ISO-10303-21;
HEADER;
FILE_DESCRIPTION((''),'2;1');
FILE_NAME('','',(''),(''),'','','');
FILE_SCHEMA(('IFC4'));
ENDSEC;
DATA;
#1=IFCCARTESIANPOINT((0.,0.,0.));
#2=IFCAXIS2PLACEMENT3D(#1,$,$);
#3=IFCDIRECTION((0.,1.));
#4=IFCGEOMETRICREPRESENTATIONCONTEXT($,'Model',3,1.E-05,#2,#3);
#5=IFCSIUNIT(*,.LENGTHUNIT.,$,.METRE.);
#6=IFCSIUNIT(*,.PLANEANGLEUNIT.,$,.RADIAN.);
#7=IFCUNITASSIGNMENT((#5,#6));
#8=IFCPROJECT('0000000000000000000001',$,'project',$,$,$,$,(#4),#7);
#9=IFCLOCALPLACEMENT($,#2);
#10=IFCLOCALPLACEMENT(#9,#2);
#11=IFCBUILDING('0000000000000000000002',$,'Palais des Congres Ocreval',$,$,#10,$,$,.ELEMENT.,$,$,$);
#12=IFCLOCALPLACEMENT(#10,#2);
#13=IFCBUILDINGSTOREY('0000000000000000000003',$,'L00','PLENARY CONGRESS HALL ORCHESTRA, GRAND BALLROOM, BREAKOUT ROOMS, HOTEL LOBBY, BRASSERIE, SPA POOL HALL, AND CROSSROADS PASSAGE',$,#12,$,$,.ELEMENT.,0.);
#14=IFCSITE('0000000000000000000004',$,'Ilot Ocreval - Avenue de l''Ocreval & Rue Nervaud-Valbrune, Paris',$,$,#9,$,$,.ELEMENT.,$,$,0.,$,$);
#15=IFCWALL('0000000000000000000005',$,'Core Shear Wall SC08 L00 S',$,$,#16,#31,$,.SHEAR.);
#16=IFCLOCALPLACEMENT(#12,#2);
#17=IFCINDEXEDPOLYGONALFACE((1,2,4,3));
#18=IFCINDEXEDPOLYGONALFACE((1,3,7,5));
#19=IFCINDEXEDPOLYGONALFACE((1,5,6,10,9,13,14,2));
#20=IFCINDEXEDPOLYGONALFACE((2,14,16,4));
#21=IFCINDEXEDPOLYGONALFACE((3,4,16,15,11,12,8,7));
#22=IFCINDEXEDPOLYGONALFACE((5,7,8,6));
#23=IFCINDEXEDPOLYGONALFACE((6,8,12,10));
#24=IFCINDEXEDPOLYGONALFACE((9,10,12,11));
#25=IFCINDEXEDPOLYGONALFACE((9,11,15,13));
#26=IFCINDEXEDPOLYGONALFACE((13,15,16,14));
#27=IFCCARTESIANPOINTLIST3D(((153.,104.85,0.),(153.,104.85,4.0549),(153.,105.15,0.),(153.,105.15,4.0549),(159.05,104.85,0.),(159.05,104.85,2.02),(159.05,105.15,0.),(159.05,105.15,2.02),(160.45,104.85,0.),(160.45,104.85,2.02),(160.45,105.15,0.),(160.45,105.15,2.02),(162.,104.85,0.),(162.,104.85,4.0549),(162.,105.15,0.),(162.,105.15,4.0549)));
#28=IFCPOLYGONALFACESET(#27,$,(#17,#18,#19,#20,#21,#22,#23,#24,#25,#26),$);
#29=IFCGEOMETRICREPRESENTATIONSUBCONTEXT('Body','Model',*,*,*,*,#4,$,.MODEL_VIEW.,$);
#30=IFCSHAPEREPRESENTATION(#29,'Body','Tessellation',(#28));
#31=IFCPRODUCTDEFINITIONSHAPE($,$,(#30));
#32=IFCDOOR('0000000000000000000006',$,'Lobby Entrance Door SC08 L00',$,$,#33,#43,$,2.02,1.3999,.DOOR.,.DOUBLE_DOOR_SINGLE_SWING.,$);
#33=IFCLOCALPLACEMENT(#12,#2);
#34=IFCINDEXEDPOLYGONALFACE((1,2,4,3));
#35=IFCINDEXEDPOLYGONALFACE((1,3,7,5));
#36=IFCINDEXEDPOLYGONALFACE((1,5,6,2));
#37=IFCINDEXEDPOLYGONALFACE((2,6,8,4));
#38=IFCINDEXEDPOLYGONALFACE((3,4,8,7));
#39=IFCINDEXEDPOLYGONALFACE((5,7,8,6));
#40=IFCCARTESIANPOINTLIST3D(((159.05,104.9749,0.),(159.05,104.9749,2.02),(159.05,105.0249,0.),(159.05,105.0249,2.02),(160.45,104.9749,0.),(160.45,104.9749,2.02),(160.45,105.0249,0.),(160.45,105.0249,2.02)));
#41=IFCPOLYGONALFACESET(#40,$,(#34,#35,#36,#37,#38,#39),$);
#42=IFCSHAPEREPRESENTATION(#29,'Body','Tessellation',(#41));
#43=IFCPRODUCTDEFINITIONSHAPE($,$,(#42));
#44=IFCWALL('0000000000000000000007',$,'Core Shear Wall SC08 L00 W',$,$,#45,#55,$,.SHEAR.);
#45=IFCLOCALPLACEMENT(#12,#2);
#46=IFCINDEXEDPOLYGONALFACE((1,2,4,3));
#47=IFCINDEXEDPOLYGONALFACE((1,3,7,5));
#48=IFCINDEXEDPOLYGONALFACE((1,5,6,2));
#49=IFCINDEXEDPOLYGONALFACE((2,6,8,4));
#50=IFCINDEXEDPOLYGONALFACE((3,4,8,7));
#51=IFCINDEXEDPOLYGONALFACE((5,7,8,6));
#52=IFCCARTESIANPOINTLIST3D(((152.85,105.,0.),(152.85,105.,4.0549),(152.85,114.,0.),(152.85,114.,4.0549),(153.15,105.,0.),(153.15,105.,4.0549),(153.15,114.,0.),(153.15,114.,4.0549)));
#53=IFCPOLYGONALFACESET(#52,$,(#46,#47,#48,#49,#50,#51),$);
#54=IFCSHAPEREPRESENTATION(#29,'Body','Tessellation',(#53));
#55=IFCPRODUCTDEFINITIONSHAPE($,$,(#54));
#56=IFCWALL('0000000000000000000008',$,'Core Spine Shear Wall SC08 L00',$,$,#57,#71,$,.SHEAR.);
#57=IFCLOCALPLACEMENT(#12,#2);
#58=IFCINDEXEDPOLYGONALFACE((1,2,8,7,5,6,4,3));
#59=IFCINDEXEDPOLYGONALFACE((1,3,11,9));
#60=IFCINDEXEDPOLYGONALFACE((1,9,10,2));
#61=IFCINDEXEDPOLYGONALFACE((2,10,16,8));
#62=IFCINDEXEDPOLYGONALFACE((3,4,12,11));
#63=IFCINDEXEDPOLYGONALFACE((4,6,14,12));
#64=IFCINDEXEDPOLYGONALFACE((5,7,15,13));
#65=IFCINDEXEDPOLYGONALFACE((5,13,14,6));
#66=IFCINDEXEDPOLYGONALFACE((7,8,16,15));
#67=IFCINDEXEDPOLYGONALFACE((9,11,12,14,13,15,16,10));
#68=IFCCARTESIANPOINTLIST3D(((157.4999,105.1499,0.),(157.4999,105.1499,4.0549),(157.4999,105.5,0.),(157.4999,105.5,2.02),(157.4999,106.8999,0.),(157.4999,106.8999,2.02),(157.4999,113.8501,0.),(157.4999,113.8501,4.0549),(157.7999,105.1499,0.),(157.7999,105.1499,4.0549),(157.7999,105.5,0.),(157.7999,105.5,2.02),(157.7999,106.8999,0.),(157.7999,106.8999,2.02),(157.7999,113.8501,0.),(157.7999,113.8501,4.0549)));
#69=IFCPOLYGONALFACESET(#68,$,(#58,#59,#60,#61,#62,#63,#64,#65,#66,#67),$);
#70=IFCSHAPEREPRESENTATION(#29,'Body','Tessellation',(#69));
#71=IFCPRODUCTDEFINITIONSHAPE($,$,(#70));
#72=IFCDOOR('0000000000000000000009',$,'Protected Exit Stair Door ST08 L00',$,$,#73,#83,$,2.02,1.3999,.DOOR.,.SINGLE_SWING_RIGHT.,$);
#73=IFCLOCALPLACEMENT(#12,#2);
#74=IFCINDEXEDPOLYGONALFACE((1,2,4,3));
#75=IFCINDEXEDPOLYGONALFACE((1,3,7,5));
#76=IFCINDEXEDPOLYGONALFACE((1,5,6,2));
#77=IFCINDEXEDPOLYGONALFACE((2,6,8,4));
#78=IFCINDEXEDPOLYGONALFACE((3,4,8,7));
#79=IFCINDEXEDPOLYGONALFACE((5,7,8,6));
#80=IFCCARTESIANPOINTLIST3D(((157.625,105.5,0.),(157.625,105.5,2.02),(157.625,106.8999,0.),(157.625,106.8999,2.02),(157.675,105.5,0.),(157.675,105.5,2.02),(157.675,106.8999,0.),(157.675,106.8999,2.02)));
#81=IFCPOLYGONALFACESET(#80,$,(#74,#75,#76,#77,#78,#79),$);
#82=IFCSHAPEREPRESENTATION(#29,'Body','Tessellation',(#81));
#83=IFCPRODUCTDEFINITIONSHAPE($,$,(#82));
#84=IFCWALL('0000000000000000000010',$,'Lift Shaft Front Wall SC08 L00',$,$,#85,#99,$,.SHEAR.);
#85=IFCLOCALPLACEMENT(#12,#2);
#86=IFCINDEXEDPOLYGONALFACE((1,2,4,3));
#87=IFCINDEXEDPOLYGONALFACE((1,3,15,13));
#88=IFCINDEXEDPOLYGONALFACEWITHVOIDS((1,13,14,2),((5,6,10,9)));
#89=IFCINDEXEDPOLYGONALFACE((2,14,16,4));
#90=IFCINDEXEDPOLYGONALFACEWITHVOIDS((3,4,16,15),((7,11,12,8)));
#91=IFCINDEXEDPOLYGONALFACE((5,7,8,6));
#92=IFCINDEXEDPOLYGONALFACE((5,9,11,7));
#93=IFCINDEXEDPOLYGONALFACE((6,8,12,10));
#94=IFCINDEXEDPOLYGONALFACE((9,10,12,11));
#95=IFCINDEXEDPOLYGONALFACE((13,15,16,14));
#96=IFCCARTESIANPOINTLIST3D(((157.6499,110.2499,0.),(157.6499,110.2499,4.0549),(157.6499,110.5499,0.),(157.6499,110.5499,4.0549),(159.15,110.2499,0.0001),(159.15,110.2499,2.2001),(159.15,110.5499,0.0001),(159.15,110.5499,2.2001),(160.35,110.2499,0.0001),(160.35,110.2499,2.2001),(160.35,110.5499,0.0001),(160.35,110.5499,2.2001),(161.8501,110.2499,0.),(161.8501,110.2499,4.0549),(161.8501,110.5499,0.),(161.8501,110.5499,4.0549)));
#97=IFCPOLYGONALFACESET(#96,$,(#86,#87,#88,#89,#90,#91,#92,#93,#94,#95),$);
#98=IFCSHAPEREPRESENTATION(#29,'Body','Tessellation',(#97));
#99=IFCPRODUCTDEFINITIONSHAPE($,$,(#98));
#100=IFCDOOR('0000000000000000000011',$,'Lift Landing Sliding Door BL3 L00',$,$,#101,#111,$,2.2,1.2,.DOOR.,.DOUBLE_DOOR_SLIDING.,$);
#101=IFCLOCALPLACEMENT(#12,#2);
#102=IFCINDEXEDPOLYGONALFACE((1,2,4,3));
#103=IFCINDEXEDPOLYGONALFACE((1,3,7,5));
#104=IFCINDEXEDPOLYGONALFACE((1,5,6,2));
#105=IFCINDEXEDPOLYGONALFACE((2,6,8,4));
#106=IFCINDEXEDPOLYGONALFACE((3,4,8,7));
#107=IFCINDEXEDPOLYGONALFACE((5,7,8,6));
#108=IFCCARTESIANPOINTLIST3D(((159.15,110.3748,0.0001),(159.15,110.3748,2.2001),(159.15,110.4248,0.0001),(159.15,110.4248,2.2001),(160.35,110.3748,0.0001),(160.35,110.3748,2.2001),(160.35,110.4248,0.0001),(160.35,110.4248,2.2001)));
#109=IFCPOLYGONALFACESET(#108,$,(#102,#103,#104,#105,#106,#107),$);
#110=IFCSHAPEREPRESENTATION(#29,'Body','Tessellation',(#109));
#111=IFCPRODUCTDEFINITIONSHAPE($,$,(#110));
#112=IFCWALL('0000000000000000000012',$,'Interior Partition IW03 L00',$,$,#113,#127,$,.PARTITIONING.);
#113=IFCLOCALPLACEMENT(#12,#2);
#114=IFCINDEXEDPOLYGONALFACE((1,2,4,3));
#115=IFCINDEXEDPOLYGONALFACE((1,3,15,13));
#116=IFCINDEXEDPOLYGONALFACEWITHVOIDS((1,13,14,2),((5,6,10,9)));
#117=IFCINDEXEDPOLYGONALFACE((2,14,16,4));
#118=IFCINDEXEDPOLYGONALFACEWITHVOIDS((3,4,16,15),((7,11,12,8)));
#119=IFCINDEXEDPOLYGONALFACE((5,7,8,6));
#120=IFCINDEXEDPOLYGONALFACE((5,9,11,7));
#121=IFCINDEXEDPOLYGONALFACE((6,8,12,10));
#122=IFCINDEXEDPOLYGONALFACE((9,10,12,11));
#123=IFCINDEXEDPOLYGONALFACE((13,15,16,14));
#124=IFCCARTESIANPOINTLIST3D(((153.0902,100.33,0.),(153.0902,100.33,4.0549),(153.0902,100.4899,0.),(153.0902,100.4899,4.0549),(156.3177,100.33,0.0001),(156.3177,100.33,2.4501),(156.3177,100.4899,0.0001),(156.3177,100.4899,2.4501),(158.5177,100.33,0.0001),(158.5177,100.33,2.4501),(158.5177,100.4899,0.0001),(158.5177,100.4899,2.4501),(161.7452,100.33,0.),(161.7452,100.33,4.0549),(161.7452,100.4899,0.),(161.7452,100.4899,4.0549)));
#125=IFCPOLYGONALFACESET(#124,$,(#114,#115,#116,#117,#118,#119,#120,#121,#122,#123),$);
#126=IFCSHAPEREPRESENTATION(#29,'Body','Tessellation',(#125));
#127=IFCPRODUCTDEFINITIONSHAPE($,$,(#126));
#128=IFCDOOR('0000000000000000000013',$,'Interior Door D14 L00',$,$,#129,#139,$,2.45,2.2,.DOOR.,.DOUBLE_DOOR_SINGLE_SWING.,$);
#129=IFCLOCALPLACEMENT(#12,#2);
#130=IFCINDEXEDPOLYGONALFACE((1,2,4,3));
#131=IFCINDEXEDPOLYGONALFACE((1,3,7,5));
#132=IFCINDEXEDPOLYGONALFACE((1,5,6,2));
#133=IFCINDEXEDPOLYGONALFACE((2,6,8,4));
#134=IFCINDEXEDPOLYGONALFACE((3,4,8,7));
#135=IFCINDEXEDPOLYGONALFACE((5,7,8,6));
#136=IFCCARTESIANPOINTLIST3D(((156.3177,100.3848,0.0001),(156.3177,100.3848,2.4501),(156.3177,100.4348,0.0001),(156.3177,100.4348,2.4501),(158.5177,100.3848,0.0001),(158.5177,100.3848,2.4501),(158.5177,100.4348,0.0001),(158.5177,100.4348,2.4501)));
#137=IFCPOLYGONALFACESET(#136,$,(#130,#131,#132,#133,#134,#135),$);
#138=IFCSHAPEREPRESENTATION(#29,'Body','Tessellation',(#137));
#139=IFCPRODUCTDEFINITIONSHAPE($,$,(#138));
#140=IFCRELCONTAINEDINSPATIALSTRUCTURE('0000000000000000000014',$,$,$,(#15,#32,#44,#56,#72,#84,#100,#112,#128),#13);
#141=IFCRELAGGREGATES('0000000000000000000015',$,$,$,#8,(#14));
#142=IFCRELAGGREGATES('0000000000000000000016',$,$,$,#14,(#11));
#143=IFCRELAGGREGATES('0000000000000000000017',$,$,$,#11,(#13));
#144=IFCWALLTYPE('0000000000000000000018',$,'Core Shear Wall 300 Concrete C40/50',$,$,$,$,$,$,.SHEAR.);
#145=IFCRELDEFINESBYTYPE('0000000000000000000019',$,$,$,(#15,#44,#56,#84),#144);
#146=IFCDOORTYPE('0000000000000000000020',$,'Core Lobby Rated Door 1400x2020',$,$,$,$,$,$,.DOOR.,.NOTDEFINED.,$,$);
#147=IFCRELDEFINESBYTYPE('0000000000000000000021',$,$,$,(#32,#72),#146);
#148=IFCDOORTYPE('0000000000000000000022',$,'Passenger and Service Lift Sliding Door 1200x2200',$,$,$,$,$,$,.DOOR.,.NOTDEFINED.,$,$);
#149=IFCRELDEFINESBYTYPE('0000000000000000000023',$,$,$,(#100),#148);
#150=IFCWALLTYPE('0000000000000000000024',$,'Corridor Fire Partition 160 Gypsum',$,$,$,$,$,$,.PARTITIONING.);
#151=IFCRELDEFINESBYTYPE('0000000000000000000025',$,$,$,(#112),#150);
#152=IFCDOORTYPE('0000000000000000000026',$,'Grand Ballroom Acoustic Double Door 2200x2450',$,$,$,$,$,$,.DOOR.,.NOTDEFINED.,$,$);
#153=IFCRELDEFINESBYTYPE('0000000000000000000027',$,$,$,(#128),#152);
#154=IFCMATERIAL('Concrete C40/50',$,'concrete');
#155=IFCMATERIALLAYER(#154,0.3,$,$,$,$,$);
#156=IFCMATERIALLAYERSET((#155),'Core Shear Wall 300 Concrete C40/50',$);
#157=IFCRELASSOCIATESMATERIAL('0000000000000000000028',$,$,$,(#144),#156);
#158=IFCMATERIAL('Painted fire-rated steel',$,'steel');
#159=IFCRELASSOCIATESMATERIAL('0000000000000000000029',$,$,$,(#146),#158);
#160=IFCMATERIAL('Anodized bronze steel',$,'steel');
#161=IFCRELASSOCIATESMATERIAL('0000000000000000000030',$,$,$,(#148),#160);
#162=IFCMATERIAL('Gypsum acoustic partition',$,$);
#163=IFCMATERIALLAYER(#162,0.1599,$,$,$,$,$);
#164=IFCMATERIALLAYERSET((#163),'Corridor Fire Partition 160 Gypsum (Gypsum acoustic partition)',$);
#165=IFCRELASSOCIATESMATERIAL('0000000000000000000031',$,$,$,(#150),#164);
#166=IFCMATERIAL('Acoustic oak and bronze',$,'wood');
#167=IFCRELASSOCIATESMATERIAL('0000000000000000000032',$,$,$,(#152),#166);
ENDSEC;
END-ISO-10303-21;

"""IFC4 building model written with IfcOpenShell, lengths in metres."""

from ifc_helpers import new_model, si_unit, direction, frame, frame_2d, origin, place, context, subcontext, project, spatial, rectangle, extrude, material, layer, layer_set, type_object, element, fill, save


model = new_model("IFC4")

# Units and contexts
model_context = context("Model", 3, precision=1e-05, world=origin(), true_north=direction((0.0, 1.0)))
body_context = subcontext(model_context, "Body", "Model", "MODEL_VIEW")
ifc_project = project(units=[si_unit("LENGTHUNIT", "METRE"), si_unit("PLANEANGLEUNIT", "RADIAN")], contexts=[model_context])

# Site, building, storey
site_placement = place(None, origin())
site = spatial("IfcSite", under=ifc_project, at=site_placement, Name="Ilot Ocreval - Avenue de l'Ocreval & Rue Nervaud-Valbrune, Paris", CompositionType="ELEMENT", RefElevation=0.0)
building_placement = place(site_placement, origin())
building = spatial("IfcBuilding", under=site, at=building_placement, Name="Palais des Congres Ocreval", CompositionType="ELEMENT")
storey_placement = place(building_placement, origin())
storey = spatial("IfcBuildingStorey", under=building, at=storey_placement, Name="L00", Description="PLENARY CONGRESS HALL ORCHESTRA, GRAND BALLROOM, BREAKOUT ROOMS, HOTEL LOBBY, BRASSERIE, SPA POOL HALL, AND CROSSROADS PASSAGE", CompositionType="ELEMENT", Elevation=0.0)

# Shared definitions
ifc_material_1 = material(Name="Concrete C40/50", Category="concrete")

# Wall, opening, door
ifc_layer_1 = layer(ifc_material_1, 0.3)
ifc_layer_set_1 = layer_set([ifc_layer_1], Name="Core Shear Wall 300 Concrete C40/50")
wall_type_1 = type_object("IfcWallType", Name="Core Shear Wall 300 Concrete C40/50", PredefinedType="SHEAR", material=ifc_layer_set_1)
wall_1_placement = place(storey_placement, frame((153.0, 105.0, 0.0), z_axis=(0.0, 0.0, 1.0), x_axis=(1.0, 0.0, 0.0)))
wall_1 = element("IfcWall", 1, at=wall_1_placement, inside=storey, type_object=wall_type_1, Name="Core Shear Wall SC08 L00 S", PredefinedType="SHEAR", context=body_context, shape_type="SweptSolid", body=[
    extrude(rectangle(XDim=9.0, YDim=0.3, at=frame_2d((4.5, 0.0))), origin(), (0.0, 0.0, 1.0), 4.0549),
])
opening_1_placement = place(wall_1_placement, frame((6.05, 0.0, 0.0)))
opening_1 = element("IfcOpeningElement", 2, at=opening_1_placement, cuts=wall_1, PredefinedType="OPENING", context=body_context, shape_type="SweptSolid", body=[
    extrude(rectangle(XDim=1.3999, YDim=2.02, at=frame_2d((0.7, 1.01))), frame((0.0, 0.1599, 0.0), z_axis=(0.0, -1.0, 0.0), x_axis=(1.0, 0.0, 0.0)), (0.0, 0.0, 1.0), 0.3201),
])
ifc_material_2 = material(Name="Painted fire-rated steel", Category="steel")
door_type_1 = type_object("IfcDoorType", Name="Core Lobby Rated Door 1400x2020", OperationType="NOTDEFINED", PredefinedType="DOOR", material=ifc_material_2)
door_1_placement = place(opening_1_placement, origin())
door_1 = element("IfcDoor", 3, at=door_1_placement, inside=storey, type_object=door_type_1, Name="Lobby Entrance Door SC08 L00", OperationType="DOUBLE_DOOR_SINGLE_SWING", OverallHeight=2.02, OverallWidth=1.3999, PredefinedType="DOOR", context=body_context, shape_type="SweptSolid", body=[
    extrude(rectangle(XDim=1.3999, YDim=2.02, at=frame_2d((0.7, 1.01))), frame((0.0, 0.0249, 0.0), z_axis=(0.0, -1.0, 0.0), x_axis=(1.0, 0.0, 0.0)), (0.0, 0.0, 1.0), 0.05),
])
fill(opening_1, door_1)

# Wall
wall_2_placement = place(storey_placement, frame((153.0, 105.0, 0.0), z_axis=(0.0, 0.0, 1.0), x_axis=(0.0, 1.0, 0.0)))
element("IfcWall", 4, at=wall_2_placement, inside=storey, type_object=wall_type_1, Name="Core Shear Wall SC08 L00 W", PredefinedType="SHEAR", context=body_context, shape_type="SweptSolid", body=[
    extrude(rectangle(XDim=9.0, YDim=0.3, at=frame_2d((4.5, 0.0))), origin(), (0.0, 0.0, 1.0), 4.0549),
])

# Walls, openings, doors
wall_3_placement = place(storey_placement, frame((157.6499, 105.1499, 0.0), z_axis=(0.0, 0.0, 1.0), x_axis=(0.0, 1.0, 0.0)))
wall_3 = element("IfcWall", 5, at=wall_3_placement, inside=storey, type_object=wall_type_1, Name="Core Spine Shear Wall SC08 L00", PredefinedType="SHEAR", context=body_context, shape_type="SweptSolid", body=[
    extrude(rectangle(XDim=8.7002, YDim=0.3, at=frame_2d((4.3501, 0.0))), origin(), (0.0, 0.0, 1.0), 4.0549),
])
opening_2_placement = place(wall_3_placement, frame((0.3501, 0.0, 0.0)))
opening_2 = element("IfcOpeningElement", 6, at=opening_2_placement, cuts=wall_3, PredefinedType="OPENING", context=body_context, shape_type="SweptSolid", body=[
    extrude(rectangle(XDim=1.3999, YDim=2.02, at=frame_2d((0.7, 1.01))), frame((0.0, 0.1599, 0.0), z_axis=(0.0, -1.0, 0.0), x_axis=(1.0, 0.0, 0.0)), (0.0, 0.0, 1.0), 0.3201),
])
door_2_placement = place(opening_2_placement, origin())
door_2 = element("IfcDoor", 7, at=door_2_placement, inside=storey, type_object=door_type_1, Name="Protected Exit Stair Door ST08 L00", OperationType="SINGLE_SWING_RIGHT", OverallHeight=2.02, OverallWidth=1.3999, PredefinedType="DOOR", context=body_context, shape_type="SweptSolid", body=[
    extrude(rectangle(XDim=1.3999, YDim=2.02, at=frame_2d((0.7, 1.01))), frame((0.0, 0.0249, 0.0), z_axis=(0.0, -1.0, 0.0), x_axis=(1.0, 0.0, 0.0)), (0.0, 0.0, 1.0), 0.05),
])
fill(opening_2, door_2)
wall_4_placement = place(storey_placement, frame((157.6499, 110.3999, 0.0), z_axis=(0.0, 0.0, 1.0), x_axis=(1.0, 0.0, 0.0)))
wall_4 = element("IfcWall", 8, at=wall_4_placement, inside=storey, type_object=wall_type_1, Name="Lift Shaft Front Wall SC08 L00", PredefinedType="SHEAR", context=body_context, shape_type="SweptSolid", body=[
    extrude(rectangle(XDim=4.2002, YDim=0.3, at=frame_2d((2.1001, 0.0))), origin(), (0.0, 0.0, 1.0), 4.0549),
])
opening_3_placement = place(wall_4_placement, frame((1.5, 0.0, 0.0)))
opening_3 = element("IfcOpeningElement", 9, at=opening_3_placement, cuts=wall_4, PredefinedType="OPENING", context=body_context, shape_type="SweptSolid", body=[
    extrude(rectangle(XDim=1.2, YDim=2.2, at=frame_2d((0.6001, 1.1001))), frame((0.0, 0.1599, 0.0), z_axis=(0.0, -1.0, 0.0), x_axis=(1.0, 0.0, 0.0)), (0.0, 0.0, 1.0), 0.3201),
])
ifc_material_3 = material(Name="Anodized bronze steel", Category="steel")
door_type_2 = type_object("IfcDoorType", Name="Passenger and Service Lift Sliding Door 1200x2200", OperationType="NOTDEFINED", PredefinedType="DOOR", material=ifc_material_3)
door_3_placement = place(opening_3_placement, origin())
door_3 = element("IfcDoor", 10, at=door_3_placement, inside=storey, type_object=door_type_2, Name="Lift Landing Sliding Door BL3 L00", OperationType="DOUBLE_DOOR_SLIDING", OverallHeight=2.2, OverallWidth=1.2, PredefinedType="DOOR", context=body_context, shape_type="SweptSolid", body=[
    extrude(rectangle(XDim=1.2, YDim=2.2, at=frame_2d((0.6001, 1.1001))), frame((0.0, 0.0249, 0.0), z_axis=(0.0, -1.0, 0.0), x_axis=(1.0, 0.0, 0.0)), (0.0, 0.0, 1.0), 0.05),
])
fill(opening_3, door_3)
ifc_material_4 = material(Name="Gypsum acoustic partition")
ifc_layer_2 = layer(ifc_material_4, 0.1599)
ifc_layer_set_2 = layer_set([ifc_layer_2], Name="Corridor Fire Partition 160 Gypsum (Gypsum acoustic partition)")
wall_type_2 = type_object("IfcWallType", Name="Corridor Fire Partition 160 Gypsum", PredefinedType="PARTITIONING", material=ifc_layer_set_2)
wall_5_placement = place(storey_placement, frame((153.0901, 100.4099, 0.0), z_axis=(0.0, 0.0, 1.0), x_axis=(1.0, 0.0, 0.0)))
wall_5 = element("IfcWall", 11, at=wall_5_placement, inside=storey, type_object=wall_type_2, Name="Interior Partition IW03 L00", PredefinedType="PARTITIONING", context=body_context, shape_type="SweptSolid", body=[
    extrude(rectangle(XDim=8.655, YDim=0.1599, at=frame_2d((4.3276, 0.0))), origin(), (0.0, 0.0, 1.0), 4.0549),
])
opening_4_placement = place(wall_5_placement, frame((3.2275, 0.0, 0.0)))
opening_4 = element("IfcOpeningElement", 12, at=opening_4_placement, cuts=wall_5, PredefinedType="OPENING", context=body_context, shape_type="SweptSolid", body=[
    extrude(rectangle(XDim=2.2, YDim=2.45, at=frame_2d((1.1001, 1.2251))), frame((0.0, 0.0898, 0.0), z_axis=(0.0, -1.0, 0.0), x_axis=(1.0, 0.0, 0.0)), (0.0, 0.0, 1.0), 0.1799),
])
ifc_material_5 = material(Name="Acoustic oak and bronze", Category="wood")
door_type_3 = type_object("IfcDoorType", Name="Grand Ballroom Acoustic Double Door 2200x2450", OperationType="NOTDEFINED", PredefinedType="DOOR", material=ifc_material_5)
door_4_placement = place(opening_4_placement, origin())
door_4 = element("IfcDoor", 13, at=door_4_placement, inside=storey, type_object=door_type_3, Name="Interior Door D14 L00", OperationType="DOUBLE_DOOR_SINGLE_SWING", OverallHeight=2.45, OverallWidth=2.2, PredefinedType="DOOR", context=body_context, shape_type="SweptSolid", body=[
    extrude(rectangle(XDim=2.2, YDim=2.45, at=frame_2d((1.1001, 1.2251))), frame((0.0, 0.0249, 0.0), z_axis=(0.0, -1.0, 0.0), x_axis=(1.0, 0.0, 0.0)), (0.0, 0.0, 1.0), 0.05),
])
fill(opening_4, door_4)

save(model, "model.ifc")
